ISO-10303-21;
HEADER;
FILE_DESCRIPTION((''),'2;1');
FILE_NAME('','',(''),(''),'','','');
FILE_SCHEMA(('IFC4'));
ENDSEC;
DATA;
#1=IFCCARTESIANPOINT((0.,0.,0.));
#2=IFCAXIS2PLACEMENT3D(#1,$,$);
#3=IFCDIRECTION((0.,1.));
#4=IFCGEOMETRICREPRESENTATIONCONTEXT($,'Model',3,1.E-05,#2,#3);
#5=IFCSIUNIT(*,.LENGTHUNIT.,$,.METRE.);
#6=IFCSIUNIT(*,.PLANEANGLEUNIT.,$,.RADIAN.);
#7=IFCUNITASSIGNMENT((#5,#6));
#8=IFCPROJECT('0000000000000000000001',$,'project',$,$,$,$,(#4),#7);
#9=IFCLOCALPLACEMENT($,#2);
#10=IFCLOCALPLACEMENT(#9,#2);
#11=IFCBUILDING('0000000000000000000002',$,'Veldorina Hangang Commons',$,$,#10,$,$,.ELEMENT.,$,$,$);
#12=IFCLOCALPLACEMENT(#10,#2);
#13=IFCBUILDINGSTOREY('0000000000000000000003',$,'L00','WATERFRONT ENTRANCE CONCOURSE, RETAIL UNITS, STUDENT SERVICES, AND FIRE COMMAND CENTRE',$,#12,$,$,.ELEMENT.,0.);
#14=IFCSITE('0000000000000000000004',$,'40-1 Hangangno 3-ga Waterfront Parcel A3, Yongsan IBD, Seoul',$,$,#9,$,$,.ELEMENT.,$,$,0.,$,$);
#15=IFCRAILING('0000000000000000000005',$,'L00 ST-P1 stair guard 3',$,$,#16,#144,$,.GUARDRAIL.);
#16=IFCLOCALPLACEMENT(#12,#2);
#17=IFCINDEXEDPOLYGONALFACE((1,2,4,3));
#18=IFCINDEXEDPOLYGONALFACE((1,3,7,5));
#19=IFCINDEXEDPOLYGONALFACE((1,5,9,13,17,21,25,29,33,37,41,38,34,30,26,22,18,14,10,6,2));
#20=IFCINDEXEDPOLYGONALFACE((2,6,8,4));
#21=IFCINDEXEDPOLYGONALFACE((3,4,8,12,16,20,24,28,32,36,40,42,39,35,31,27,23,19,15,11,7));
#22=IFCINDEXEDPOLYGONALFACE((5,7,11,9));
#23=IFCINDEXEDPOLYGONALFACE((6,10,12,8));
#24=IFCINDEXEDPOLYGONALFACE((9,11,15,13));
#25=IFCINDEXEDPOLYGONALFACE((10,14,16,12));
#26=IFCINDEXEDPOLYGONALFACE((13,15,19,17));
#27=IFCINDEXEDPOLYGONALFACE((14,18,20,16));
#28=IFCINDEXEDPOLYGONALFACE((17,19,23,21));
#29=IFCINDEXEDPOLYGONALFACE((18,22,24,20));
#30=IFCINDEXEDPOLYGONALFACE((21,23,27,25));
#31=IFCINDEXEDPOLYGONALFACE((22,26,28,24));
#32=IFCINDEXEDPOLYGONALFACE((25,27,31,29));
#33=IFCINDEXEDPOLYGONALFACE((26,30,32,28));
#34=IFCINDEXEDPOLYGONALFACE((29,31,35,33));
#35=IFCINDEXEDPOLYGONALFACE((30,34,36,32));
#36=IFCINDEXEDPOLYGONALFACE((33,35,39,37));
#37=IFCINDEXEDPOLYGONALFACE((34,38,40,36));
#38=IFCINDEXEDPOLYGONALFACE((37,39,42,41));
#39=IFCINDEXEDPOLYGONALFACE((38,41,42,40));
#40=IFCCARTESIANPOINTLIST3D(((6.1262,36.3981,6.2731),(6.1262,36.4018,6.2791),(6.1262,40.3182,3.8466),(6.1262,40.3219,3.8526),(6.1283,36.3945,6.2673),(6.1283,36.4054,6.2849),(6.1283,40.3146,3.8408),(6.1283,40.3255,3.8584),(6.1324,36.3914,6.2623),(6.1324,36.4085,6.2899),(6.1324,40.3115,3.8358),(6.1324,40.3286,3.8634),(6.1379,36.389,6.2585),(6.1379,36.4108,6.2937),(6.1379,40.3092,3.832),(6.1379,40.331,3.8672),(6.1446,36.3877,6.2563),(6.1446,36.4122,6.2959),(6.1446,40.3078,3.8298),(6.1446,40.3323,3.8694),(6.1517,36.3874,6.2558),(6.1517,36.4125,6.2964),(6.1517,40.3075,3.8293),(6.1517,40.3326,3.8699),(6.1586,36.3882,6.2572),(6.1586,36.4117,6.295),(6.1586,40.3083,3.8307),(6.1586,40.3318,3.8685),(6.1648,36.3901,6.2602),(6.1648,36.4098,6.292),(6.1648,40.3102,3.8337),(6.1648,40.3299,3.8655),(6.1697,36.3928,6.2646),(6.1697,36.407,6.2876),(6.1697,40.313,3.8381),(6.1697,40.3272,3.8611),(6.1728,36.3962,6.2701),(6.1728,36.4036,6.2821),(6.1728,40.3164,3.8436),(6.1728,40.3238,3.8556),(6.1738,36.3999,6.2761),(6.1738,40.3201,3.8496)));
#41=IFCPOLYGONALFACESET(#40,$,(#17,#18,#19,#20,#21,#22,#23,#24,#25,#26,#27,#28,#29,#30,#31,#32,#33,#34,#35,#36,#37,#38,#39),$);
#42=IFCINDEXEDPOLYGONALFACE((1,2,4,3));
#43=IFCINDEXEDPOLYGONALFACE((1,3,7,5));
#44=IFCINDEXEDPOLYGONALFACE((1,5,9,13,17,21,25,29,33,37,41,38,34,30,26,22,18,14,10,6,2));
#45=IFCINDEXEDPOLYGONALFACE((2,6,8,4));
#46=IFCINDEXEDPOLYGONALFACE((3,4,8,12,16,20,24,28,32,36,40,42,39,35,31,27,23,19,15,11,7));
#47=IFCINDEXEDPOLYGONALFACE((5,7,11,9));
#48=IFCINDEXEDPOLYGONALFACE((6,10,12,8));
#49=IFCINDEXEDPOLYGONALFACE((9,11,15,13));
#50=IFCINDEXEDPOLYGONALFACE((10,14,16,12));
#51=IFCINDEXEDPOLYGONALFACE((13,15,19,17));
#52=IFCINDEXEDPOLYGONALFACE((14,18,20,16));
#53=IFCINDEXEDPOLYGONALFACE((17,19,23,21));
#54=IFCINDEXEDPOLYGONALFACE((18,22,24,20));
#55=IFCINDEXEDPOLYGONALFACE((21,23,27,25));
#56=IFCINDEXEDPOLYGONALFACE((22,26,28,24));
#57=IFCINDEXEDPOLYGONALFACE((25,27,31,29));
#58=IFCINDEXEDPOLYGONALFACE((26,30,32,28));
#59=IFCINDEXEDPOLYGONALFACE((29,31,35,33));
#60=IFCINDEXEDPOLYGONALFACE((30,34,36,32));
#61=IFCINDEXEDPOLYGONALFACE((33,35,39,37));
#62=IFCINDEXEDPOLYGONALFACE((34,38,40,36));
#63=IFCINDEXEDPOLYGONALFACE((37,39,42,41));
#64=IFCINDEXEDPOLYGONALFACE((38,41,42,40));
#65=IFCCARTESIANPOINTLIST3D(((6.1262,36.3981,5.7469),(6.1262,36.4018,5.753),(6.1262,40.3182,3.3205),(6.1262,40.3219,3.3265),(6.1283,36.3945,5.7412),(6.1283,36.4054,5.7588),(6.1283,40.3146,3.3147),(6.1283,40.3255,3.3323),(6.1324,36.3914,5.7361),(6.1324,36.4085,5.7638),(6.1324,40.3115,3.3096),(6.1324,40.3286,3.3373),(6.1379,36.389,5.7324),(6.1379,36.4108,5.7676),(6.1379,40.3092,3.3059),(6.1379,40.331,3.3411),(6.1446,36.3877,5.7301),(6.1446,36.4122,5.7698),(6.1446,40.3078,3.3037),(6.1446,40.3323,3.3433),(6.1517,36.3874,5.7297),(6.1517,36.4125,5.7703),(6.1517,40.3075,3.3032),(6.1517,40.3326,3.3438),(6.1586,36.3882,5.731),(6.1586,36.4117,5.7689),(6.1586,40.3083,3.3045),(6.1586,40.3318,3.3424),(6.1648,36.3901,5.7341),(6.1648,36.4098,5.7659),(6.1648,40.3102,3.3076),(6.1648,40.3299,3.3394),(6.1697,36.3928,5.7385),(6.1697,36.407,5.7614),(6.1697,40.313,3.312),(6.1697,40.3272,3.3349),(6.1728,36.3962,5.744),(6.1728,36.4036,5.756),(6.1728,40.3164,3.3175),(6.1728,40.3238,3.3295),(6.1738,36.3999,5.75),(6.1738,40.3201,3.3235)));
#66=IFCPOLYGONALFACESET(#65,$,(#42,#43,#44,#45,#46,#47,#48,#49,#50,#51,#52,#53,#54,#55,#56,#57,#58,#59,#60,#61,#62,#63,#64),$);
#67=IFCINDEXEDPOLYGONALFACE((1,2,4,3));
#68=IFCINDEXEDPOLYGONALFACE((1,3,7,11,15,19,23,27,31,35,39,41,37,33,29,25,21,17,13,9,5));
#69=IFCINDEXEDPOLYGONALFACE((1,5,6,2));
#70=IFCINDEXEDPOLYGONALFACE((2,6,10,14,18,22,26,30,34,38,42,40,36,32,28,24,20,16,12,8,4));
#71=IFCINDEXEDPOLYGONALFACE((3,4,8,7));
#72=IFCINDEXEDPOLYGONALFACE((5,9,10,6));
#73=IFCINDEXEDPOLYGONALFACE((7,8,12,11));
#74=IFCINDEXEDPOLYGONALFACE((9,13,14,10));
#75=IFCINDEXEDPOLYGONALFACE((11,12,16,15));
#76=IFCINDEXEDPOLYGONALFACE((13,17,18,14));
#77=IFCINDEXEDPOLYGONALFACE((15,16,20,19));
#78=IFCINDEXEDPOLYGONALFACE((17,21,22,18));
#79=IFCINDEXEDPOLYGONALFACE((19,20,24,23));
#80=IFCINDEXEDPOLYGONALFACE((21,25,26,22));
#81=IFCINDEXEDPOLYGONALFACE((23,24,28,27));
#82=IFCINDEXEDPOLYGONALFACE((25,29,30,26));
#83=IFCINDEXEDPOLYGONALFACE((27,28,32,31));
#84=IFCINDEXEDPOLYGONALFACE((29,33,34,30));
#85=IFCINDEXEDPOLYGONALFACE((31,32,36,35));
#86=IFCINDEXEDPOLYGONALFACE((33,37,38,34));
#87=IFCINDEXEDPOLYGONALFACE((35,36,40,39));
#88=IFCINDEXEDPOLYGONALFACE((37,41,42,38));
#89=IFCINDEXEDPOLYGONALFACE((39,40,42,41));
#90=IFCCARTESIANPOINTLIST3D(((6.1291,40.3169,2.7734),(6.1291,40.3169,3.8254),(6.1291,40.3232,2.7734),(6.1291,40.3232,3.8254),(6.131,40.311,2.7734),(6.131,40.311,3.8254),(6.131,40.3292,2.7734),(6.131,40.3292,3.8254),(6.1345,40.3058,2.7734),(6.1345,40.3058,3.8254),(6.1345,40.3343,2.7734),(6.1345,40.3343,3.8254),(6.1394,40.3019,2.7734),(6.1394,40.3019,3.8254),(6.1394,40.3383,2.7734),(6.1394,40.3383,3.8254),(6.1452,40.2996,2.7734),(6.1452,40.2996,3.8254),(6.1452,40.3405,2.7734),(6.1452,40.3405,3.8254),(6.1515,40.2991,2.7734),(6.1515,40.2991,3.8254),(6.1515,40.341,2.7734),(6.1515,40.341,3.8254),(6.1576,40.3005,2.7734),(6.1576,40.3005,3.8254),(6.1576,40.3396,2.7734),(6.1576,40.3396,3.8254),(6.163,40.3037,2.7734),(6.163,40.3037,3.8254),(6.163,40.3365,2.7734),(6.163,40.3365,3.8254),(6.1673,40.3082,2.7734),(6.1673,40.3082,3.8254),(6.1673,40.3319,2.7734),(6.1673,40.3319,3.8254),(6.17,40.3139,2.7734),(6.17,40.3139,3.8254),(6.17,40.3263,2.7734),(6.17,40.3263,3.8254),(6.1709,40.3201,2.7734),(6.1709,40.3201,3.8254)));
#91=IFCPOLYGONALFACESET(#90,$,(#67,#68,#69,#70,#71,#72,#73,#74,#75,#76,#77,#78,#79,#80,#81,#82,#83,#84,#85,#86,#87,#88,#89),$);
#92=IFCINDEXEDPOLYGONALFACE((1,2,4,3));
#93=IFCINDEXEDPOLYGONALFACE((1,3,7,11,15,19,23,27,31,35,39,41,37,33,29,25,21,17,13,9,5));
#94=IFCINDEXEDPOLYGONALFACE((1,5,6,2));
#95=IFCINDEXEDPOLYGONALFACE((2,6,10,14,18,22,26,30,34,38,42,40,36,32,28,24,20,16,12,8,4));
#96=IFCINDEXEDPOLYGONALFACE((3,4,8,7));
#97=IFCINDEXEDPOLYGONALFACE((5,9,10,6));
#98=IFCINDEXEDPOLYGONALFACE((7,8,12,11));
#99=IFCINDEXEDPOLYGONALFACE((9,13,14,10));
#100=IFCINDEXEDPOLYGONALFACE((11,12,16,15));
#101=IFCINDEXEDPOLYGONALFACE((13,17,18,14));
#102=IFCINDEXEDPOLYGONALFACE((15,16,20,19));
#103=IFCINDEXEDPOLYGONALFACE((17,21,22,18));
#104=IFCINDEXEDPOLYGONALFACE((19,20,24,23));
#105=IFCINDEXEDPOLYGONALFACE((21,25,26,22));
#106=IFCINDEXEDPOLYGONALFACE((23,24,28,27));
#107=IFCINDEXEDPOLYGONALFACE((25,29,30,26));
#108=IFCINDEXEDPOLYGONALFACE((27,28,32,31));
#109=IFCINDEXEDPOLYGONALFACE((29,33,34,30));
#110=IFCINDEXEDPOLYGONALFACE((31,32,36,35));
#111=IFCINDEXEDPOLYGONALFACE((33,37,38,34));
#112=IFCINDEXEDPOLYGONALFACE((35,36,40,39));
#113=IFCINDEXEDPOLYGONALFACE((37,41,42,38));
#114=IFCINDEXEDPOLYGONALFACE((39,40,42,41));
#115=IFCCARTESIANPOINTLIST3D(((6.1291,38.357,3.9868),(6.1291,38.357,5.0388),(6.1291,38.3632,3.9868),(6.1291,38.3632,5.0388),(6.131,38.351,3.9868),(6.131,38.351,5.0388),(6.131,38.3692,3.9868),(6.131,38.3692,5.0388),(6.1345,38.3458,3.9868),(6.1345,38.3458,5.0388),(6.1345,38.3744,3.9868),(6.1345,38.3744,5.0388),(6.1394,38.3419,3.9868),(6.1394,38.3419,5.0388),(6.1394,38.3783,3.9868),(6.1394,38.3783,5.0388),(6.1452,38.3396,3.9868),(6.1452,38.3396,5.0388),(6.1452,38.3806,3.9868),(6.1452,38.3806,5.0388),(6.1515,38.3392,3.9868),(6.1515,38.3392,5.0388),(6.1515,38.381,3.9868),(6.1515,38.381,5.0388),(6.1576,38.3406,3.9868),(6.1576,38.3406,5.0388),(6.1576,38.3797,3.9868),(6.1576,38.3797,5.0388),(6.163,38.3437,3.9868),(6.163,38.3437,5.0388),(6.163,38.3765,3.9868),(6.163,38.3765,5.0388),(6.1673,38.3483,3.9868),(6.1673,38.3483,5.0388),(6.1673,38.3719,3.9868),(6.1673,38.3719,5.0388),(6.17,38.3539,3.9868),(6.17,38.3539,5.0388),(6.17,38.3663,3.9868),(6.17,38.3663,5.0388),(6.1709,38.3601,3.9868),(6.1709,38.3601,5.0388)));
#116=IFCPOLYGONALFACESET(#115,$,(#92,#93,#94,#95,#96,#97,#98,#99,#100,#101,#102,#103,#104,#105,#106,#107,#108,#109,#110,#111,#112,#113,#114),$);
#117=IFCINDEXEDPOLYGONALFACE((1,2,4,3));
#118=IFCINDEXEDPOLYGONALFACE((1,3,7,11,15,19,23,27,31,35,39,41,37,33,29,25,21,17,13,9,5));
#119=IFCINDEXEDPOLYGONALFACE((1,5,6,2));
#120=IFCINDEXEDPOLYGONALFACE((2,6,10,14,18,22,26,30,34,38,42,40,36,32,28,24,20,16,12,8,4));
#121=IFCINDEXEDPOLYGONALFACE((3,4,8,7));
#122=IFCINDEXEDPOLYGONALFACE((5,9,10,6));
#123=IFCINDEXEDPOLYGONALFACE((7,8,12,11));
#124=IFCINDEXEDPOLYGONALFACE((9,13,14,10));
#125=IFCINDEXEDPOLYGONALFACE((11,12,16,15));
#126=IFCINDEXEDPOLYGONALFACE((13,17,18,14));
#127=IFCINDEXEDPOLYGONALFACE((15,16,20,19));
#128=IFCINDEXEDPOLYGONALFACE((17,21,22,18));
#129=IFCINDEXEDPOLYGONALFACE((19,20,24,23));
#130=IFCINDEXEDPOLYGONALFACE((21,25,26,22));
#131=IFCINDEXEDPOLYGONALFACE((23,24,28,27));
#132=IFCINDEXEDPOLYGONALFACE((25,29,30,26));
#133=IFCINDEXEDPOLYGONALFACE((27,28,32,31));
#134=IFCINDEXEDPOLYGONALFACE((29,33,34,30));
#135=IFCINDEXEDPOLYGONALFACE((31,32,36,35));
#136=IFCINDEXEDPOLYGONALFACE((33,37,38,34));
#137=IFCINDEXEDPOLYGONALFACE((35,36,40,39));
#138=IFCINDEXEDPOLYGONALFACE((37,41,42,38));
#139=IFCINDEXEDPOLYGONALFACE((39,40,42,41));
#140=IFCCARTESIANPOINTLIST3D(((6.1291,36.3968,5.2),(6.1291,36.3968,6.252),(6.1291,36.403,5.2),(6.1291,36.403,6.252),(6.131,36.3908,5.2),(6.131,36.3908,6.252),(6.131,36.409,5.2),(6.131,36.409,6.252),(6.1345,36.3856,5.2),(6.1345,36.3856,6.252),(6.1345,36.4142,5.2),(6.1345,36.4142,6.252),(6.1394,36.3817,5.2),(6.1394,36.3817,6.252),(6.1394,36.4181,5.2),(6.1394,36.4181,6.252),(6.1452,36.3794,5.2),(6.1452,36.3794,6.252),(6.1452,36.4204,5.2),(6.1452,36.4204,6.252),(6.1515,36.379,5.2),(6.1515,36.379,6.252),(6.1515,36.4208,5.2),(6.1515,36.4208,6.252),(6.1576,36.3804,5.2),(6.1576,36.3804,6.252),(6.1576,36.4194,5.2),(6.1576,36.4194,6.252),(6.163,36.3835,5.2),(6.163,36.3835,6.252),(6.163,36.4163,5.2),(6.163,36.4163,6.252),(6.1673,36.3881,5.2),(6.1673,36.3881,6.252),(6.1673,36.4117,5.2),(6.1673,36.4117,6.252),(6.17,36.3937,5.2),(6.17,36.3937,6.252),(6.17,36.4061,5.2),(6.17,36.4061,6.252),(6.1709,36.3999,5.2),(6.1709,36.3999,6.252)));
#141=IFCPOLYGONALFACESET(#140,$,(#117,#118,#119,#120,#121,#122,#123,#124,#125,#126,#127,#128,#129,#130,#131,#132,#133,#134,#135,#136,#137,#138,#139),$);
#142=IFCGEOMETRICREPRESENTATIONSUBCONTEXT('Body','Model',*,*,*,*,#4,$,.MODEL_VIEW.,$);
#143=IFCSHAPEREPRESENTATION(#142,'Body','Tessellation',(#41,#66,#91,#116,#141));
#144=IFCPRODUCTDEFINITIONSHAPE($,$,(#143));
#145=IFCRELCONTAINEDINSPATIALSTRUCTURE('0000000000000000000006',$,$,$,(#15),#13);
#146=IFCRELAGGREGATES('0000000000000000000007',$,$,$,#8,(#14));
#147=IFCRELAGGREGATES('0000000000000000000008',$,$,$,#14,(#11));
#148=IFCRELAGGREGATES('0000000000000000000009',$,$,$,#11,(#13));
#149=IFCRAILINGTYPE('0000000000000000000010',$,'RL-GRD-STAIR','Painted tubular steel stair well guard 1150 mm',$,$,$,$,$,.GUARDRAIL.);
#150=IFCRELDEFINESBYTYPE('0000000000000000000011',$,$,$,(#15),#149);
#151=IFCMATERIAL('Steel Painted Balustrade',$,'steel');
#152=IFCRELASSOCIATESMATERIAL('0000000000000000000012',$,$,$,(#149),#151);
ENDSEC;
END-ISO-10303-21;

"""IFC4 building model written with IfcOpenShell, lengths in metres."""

from ifc_helpers import new_model, si_unit, direction, frame, origin, origin_2d, place, context, subcontext, project, spatial, circle, extrude, material, type_object, element, save


model = new_model("IFC4")

# Units and contexts
model_context = context("Model", 3, precision=1e-05, world=origin(), true_north=direction((0.0, 1.0)))
body_context = subcontext(model_context, "Body", "Model", "MODEL_VIEW")
ifc_project = project(units=[si_unit("LENGTHUNIT", "METRE"), si_unit("PLANEANGLEUNIT", "RADIAN")], contexts=[model_context])

# Site, building, storey
site_placement = place(None, origin())
site = spatial("IfcSite", under=ifc_project, at=site_placement, Name="40-1 Hangangno 3-ga Waterfront Parcel A3, Yongsan IBD, Seoul", CompositionType="ELEMENT", RefElevation=0.0)
building_placement = place(site_placement, origin())
building = spatial("IfcBuilding", under=site, at=building_placement, Name="Veldorina Hangang Commons", CompositionType="ELEMENT")
storey_placement = place(building_placement, origin())
storey = spatial("IfcBuildingStorey", under=building, at=storey_placement, Name="L00", Description="WATERFRONT ENTRANCE CONCOURSE, RETAIL UNITS, STUDENT SERVICES, AND FIRE COMMAND CENTRE", CompositionType="ELEMENT", Elevation=0.0)

# Railing
ifc_material_1 = material(Name="Steel Painted Balustrade", Category="steel")
railing_type_1 = type_object("IfcRailingType", Name="RL-GRD-STAIR", Description="Painted tubular steel stair well guard 1150 mm", PredefinedType="GUARDRAIL", material=ifc_material_1)
railing_1_placement = place(storey_placement, frame((6.1499, 40.3201, 2.7734)))
element("IfcRailing", 1, at=railing_1_placement, inside=storey, type_object=railing_type_1, Name="L00 ST-P1 stair guard 3", PredefinedType="GUARDRAIL", context=body_context, shape_type="SweptSolid", body=[
    extrude(circle(Radius=0.0239, at=origin_2d()), frame((0.0, 0.0, 1.0762), z_axis=(0.0, -0.85029, 0.526315), x_axis=(1.0, 0.0, 0.0)), (0.0, 0.0, 1.0), 4.6104),
    extrude(circle(Radius=0.0239, at=origin_2d()), frame((0.0, 0.0, 0.55), z_axis=(0.0, -0.85029, 0.526315), x_axis=(1.0, 0.0, 0.0)), (0.0, 0.0, 1.0), 4.6104),
    extrude(circle(Radius=0.021, at=origin_2d()), origin(), (0.0, 0.0, 1.0), 1.052),
    extrude(circle(Radius=0.021, at=origin_2d()), frame((0.0, -1.96, 1.2134)), (0.0, 0.0, 1.0), 1.052),
    extrude(circle(Radius=0.021, at=origin_2d()), frame((0.0, -3.9202, 2.4265)), (0.0, 0.0, 1.0), 1.052),
])

save(model, "model.ifc")
